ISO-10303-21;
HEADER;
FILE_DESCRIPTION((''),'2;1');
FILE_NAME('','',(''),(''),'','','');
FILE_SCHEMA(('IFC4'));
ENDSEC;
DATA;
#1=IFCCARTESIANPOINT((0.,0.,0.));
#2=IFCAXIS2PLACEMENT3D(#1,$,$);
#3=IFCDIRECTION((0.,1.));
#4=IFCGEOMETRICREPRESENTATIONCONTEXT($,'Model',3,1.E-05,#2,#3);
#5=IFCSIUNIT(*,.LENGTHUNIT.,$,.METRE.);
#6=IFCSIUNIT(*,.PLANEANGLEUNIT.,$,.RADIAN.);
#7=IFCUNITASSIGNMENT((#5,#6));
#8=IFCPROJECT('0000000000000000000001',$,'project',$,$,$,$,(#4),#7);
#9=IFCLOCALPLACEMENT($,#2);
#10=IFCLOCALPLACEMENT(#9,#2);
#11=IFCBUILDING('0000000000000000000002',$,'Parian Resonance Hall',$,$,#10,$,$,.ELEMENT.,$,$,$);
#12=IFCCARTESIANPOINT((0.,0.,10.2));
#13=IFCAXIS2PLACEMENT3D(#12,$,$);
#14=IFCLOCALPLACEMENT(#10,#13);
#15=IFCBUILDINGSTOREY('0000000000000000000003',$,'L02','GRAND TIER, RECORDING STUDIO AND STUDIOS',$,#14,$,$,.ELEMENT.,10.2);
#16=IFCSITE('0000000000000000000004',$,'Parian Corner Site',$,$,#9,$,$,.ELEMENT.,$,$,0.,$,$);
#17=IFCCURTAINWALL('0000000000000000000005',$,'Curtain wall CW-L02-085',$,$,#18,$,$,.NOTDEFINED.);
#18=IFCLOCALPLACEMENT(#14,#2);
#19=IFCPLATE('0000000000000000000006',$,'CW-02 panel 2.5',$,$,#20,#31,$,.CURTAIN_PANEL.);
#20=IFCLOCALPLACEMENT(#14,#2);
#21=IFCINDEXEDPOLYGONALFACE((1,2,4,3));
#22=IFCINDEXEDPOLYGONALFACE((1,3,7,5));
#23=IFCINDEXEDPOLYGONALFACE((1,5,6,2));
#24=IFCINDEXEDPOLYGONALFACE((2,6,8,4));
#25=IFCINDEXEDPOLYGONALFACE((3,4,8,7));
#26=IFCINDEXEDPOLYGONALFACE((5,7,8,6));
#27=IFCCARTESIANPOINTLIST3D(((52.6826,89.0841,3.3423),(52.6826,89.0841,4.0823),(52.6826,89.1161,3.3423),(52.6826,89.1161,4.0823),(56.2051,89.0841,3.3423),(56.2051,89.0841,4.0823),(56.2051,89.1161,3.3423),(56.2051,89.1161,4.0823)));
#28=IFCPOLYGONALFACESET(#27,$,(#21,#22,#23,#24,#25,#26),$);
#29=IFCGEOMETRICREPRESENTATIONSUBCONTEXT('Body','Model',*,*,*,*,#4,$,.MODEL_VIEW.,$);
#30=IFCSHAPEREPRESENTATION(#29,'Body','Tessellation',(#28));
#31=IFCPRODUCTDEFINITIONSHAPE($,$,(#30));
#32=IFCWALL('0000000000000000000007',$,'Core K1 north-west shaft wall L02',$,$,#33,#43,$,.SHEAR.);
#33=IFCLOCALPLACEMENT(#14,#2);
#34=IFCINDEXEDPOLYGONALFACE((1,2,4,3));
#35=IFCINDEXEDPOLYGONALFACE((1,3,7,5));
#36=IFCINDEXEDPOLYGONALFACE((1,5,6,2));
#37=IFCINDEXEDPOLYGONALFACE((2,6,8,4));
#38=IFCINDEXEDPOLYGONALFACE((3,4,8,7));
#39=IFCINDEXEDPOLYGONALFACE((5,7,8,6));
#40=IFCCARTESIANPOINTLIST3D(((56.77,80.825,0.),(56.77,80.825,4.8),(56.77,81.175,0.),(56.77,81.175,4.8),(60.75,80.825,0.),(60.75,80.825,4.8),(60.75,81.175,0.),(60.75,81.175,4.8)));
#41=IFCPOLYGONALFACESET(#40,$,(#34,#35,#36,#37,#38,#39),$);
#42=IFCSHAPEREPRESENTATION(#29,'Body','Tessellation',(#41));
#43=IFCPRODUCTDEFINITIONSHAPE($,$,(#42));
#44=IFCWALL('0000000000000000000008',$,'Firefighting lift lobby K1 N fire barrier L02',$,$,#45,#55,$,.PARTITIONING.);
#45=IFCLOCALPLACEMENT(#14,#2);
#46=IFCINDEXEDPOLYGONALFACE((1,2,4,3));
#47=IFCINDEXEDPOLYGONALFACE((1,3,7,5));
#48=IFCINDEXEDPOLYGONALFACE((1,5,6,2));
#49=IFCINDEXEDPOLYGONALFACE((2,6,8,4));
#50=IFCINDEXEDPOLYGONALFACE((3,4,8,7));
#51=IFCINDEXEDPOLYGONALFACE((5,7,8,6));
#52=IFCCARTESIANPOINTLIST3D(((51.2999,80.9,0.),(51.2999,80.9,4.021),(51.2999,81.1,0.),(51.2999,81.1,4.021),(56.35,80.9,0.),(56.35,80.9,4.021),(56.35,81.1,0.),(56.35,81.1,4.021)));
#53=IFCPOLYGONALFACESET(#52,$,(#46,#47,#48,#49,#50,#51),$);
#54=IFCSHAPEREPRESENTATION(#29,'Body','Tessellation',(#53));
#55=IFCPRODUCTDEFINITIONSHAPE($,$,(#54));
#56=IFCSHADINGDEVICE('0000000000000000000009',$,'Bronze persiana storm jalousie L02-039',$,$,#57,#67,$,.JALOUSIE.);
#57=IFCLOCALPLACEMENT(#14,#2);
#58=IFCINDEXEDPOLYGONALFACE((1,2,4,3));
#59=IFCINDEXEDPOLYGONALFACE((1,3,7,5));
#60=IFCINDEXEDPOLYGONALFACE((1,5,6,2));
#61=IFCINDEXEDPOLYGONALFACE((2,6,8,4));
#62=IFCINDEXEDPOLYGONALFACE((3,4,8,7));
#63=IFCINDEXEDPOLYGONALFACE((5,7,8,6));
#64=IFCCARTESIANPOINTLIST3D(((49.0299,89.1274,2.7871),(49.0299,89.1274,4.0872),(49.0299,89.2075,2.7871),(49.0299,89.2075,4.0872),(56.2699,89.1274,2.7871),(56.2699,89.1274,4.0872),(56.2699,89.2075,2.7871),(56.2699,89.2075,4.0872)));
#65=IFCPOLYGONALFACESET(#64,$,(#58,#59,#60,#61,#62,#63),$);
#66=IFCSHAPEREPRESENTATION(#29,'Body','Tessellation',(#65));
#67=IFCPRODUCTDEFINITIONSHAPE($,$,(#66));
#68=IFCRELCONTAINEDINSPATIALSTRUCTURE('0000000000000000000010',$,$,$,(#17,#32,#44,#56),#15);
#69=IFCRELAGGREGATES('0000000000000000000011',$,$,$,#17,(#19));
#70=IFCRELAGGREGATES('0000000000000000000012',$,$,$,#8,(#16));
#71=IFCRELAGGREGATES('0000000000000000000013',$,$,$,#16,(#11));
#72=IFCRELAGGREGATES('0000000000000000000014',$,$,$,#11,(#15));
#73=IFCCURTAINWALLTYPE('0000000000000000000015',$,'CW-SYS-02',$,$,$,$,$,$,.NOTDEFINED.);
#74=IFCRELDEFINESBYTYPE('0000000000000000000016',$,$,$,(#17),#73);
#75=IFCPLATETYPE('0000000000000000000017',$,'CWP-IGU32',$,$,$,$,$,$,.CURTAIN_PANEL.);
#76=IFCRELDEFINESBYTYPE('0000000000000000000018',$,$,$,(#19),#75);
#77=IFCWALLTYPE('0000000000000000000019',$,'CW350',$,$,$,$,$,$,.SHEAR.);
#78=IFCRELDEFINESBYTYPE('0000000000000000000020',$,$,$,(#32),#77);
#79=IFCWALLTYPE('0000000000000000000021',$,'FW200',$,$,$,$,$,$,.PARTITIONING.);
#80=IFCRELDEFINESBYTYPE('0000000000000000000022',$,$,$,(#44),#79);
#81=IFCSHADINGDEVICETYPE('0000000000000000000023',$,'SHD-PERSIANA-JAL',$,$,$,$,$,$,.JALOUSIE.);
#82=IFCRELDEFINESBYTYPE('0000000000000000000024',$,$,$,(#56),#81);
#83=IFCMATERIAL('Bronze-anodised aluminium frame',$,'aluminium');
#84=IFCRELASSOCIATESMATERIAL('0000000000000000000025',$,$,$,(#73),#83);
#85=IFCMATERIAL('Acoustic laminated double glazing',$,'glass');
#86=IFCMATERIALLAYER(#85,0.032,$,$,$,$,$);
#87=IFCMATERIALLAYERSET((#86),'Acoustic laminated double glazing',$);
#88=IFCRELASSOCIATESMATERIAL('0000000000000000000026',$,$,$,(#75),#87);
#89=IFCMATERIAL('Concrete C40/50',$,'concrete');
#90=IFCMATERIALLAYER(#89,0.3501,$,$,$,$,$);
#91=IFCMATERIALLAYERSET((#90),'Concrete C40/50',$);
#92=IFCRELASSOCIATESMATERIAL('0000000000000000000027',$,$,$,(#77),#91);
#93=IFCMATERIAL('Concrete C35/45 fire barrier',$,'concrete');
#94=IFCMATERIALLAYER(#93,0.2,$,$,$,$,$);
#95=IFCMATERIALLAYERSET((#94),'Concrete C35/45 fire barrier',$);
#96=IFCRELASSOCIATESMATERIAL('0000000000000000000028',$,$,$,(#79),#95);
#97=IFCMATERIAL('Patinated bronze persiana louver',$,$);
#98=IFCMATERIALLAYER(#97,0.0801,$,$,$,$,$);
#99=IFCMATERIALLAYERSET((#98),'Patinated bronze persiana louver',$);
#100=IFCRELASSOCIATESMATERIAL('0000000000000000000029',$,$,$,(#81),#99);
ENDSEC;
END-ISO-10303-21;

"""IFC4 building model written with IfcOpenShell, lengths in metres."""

from ifc_helpers import new_model, si_unit, direction, frame, frame_2d, origin, origin_2d, place, context, subcontext, project, spatial, rectangle, extrude, material, layer, layer_set, type_object, element, aggregate, save


model = new_model("IFC4")

# Units and contexts
model_context = context("Model", 3, precision=1e-05, world=origin(), true_north=direction((0.0, 1.0)))
body_context = subcontext(model_context, "Body", "Model", "MODEL_VIEW")
ifc_project = project(units=[si_unit("LENGTHUNIT", "METRE"), si_unit("PLANEANGLEUNIT", "RADIAN")], contexts=[model_context])

# Site, building, storey
site_placement = place(None, origin())
site = spatial("IfcSite", under=ifc_project, at=site_placement, Name="Parian Corner Site", CompositionType="ELEMENT", RefElevation=0.0)
building_placement = place(site_placement, origin())
building = spatial("IfcBuilding", under=site, at=building_placement, Name="Parian Resonance Hall", CompositionType="ELEMENT")
storey_placement = place(building_placement, frame((0.0, 0.0, 10.2)))
storey = spatial("IfcBuildingStorey", under=building, at=storey_placement, Name="L02", Description="GRAND TIER, RECORDING STUDIO AND STUDIOS", CompositionType="ELEMENT", Elevation=10.2)

# Curtain wall
ifc_material_1 = material(Name="Bronze-anodised aluminium frame", Category="aluminium")
curtain_wall_type_1 = type_object("IfcCurtainWallType", Name="CW-SYS-02", PredefinedType="NOTDEFINED", material=ifc_material_1)
curtain_wall_1_placement = place(storey_placement, origin())
curtain_wall_1 = element("IfcCurtainWall", 1, at=curtain_wall_1_placement, inside=storey, type_object=curtain_wall_type_1, Name="Curtain wall CW-L02-085", PredefinedType="NOTDEFINED")

# Plate
ifc_material_2 = material(Name="Acoustic laminated double glazing", Category="glass")
ifc_layer_1 = layer(ifc_material_2, 0.032)
ifc_layer_set_1 = layer_set([ifc_layer_1], Name="Acoustic laminated double glazing")
plate_type = type_object("IfcPlateType", Name="CWP-IGU32", PredefinedType="CURTAIN_PANEL", material=ifc_layer_set_1)
plate_1_placement = place(storey_placement, frame((54.4438, 89.1001, 3.3423), z_axis=(0.0, 0.0, 1.0), x_axis=(1.0, 0.0, 0.0)))
plate_1 = element("IfcPlate", 2, at=plate_1_placement, type_object=plate_type, Name="CW-02 panel 2.5", PredefinedType="CURTAIN_PANEL", context=body_context, shape_type="SweptSolid", body=[
    extrude(rectangle(XDim=3.5225, YDim=0.032, at=origin_2d()), origin(), (0.0, 0.0, 1.0), 0.74),
])
aggregate(curtain_wall_1, [plate_1])

# Walls
ifc_material_3 = material(Name="Concrete C40/50", Category="concrete")
ifc_layer_2 = layer(ifc_material_3, 0.3501)
ifc_layer_set_2 = layer_set([ifc_layer_2], Name="Concrete C40/50")
wall_type_1 = type_object("IfcWallType", Name="CW350", PredefinedType="SHEAR", material=ifc_layer_set_2)
wall_1_placement = place(storey_placement, frame((56.77, 81.0, 0.0), z_axis=(0.0, 0.0, 1.0), x_axis=(1.0, 0.0, 0.0)))
element("IfcWall", 3, at=wall_1_placement, inside=storey, type_object=wall_type_1, Name="Core K1 north-west shaft wall L02", PredefinedType="SHEAR", context=body_context, shape_type="SweptSolid", body=[
    extrude(rectangle(XDim=3.98, YDim=0.3501, at=frame_2d((1.99, 0.0))), origin(), (0.0, 0.0, 1.0), 4.8),
])
ifc_material_4 = material(Name="Concrete C35/45 fire barrier", Category="concrete")
ifc_layer_3 = layer(ifc_material_4, 0.2)
ifc_layer_set_3 = layer_set([ifc_layer_3], Name="Concrete C35/45 fire barrier")
wall_type_2 = type_object("IfcWallType", Name="FW200", PredefinedType="PARTITIONING", material=ifc_layer_set_3)
wall_2_placement = place(storey_placement, frame((51.3, 81.0, 0.0), z_axis=(0.0, 0.0, 1.0), x_axis=(1.0, 0.0, 0.0)))
element("IfcWall", 4, at=wall_2_placement, inside=storey, type_object=wall_type_2, Name="Firefighting lift lobby K1 N fire barrier L02", PredefinedType="PARTITIONING", context=body_context, shape_type="SweptSolid", body=[
    extrude(rectangle(XDim=5.05, YDim=0.2, at=frame_2d((2.5249, 0.0))), origin(), (0.0, 0.0, 1.0), 4.021),
])

# Shading device
ifc_material_5 = material(Name="Patinated bronze persiana louver")
ifc_layer_4 = layer(ifc_material_5, 0.0801)
ifc_layer_set_4 = layer_set([ifc_layer_4], Name="Patinated bronze persiana louver")
shading_device_type = type_object("IfcShadingDeviceType", Name="SHD-PERSIANA-JAL", PredefinedType="JALOUSIE", material=ifc_layer_set_4)
shading_device_placement = place(storey_placement, frame((52.6499, 89.1675, 2.7871), z_axis=(0.0, 0.0, 1.0), x_axis=(1.0, 0.0, 0.0)))
element("IfcShadingDevice", 5, at=shading_device_placement, inside=storey, type_object=shading_device_type, Name="Bronze persiana storm jalousie L02-039", PredefinedType="JALOUSIE", context=body_context, shape_type="SweptSolid", body=[
    extrude(rectangle(XDim=7.24, YDim=0.0801, at=origin_2d()), origin(), (0.0, 0.0, 1.0), 1.3),
])

save(model, "model.ifc")
